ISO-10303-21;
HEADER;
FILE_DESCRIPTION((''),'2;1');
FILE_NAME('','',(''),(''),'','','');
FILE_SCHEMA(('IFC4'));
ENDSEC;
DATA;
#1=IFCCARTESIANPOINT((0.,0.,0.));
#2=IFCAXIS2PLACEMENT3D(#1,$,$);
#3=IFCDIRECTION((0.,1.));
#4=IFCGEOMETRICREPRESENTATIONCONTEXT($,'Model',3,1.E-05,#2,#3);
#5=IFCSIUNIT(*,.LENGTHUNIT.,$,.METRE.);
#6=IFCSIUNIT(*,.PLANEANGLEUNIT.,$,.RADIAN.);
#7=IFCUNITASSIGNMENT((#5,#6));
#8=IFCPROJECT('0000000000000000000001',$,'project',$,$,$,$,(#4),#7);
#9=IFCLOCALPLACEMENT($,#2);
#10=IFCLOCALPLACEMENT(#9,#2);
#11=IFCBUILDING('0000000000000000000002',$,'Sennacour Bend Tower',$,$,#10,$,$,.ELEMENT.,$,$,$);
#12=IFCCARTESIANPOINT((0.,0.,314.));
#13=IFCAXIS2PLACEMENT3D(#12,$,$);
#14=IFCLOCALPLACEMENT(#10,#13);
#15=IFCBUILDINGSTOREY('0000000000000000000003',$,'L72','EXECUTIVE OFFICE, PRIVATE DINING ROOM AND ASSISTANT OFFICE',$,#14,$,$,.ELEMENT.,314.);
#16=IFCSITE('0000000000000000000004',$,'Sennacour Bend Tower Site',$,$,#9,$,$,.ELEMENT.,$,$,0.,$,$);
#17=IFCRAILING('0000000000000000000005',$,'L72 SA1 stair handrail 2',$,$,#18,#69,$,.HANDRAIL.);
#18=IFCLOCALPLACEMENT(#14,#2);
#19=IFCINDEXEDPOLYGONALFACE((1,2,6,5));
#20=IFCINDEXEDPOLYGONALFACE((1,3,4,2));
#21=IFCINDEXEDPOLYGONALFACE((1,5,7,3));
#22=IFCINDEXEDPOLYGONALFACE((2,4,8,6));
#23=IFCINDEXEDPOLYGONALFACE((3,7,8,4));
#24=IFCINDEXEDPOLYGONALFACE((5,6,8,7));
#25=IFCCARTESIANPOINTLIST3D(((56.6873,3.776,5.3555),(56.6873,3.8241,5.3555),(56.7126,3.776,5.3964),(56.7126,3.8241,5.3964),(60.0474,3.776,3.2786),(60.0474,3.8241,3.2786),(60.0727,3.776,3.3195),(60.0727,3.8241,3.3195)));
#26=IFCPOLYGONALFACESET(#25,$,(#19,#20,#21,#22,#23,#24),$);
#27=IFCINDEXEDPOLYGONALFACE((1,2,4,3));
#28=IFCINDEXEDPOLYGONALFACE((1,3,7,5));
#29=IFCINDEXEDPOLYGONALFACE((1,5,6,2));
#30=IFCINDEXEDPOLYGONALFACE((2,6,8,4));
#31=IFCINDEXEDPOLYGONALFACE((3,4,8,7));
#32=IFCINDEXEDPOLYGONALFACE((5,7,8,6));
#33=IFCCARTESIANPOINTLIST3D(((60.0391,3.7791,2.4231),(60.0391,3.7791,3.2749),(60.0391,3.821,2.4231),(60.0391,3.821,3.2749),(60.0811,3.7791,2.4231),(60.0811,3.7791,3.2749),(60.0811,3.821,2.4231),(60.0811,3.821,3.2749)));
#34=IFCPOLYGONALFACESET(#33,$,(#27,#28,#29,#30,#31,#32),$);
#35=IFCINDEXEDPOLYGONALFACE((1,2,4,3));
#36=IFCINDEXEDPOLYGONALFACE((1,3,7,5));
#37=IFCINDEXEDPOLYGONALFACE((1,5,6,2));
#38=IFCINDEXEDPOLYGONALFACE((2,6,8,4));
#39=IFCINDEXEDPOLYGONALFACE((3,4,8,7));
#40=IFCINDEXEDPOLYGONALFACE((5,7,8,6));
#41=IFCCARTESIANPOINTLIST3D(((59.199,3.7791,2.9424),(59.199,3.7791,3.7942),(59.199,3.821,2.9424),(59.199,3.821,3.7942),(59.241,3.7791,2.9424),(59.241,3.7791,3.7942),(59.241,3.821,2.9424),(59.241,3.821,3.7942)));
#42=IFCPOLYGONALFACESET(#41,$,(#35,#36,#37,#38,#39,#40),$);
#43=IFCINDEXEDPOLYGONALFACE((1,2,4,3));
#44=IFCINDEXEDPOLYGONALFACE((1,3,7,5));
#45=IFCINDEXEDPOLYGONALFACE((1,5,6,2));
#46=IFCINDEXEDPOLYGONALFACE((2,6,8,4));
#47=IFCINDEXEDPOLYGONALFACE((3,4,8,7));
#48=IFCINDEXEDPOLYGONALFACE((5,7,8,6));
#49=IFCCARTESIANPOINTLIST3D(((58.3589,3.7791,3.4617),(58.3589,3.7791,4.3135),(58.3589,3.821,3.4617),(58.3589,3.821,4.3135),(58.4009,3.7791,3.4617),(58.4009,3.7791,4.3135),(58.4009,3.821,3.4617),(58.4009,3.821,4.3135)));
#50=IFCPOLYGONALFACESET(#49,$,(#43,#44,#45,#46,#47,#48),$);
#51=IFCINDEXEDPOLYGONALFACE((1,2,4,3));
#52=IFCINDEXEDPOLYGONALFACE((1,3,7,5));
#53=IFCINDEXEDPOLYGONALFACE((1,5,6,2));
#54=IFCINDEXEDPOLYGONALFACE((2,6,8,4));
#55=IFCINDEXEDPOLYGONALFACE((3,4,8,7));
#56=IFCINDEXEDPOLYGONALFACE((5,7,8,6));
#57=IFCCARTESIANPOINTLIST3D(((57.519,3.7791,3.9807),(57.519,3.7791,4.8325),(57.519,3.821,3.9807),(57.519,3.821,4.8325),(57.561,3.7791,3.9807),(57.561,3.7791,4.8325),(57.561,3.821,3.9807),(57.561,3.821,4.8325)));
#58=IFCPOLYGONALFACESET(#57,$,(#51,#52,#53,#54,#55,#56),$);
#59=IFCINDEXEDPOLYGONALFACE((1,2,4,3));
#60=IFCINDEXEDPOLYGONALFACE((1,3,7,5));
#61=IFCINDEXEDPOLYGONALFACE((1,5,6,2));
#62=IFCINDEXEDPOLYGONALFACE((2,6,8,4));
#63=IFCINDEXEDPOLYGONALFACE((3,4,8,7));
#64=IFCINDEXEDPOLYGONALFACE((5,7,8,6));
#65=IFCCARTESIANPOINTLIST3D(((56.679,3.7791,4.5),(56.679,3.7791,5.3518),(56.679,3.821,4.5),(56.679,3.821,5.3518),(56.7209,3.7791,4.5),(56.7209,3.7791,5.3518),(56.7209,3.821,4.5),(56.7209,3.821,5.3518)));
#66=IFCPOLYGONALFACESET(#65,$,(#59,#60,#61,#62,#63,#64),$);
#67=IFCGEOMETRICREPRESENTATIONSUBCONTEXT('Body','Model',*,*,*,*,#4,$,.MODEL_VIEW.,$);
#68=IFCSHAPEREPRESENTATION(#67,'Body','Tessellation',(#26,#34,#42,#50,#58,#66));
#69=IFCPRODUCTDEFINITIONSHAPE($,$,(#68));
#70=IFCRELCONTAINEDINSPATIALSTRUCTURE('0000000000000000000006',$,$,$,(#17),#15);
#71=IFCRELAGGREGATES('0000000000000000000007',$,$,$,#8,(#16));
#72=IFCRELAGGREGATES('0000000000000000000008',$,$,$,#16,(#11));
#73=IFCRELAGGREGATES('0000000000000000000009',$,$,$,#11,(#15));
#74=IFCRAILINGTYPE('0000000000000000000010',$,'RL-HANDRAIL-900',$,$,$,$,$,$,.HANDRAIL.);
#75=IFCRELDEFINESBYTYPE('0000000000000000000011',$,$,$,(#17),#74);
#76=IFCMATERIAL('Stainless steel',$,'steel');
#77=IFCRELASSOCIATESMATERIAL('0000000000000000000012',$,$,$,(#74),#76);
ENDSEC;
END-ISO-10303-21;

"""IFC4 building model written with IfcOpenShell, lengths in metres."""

from ifc_helpers import new_model, si_unit, direction, frame, origin, origin_2d, place, context, subcontext, project, spatial, rectangle, extrude, material, type_object, element, save


model = new_model("IFC4")

# Units and contexts
model_context = context("Model", 3, precision=1e-05, world=origin(), true_north=direction((0.0, 1.0)))
body_context = subcontext(model_context, "Body", "Model", "MODEL_VIEW")
ifc_project = project(units=[si_unit("LENGTHUNIT", "METRE"), si_unit("PLANEANGLEUNIT", "RADIAN")], contexts=[model_context])

# Site, building, storey
site_placement = place(None, origin())
site = spatial("IfcSite", under=ifc_project, at=site_placement, Name="Sennacour Bend Tower Site", CompositionType="ELEMENT", RefElevation=0.0)
building_placement = place(site_placement, origin())
building = spatial("IfcBuilding", under=site, at=building_placement, Name="Sennacour Bend Tower", CompositionType="ELEMENT")
storey_placement = place(building_placement, frame((0.0, 0.0, 314.0)))
storey = spatial("IfcBuildingStorey", under=building, at=storey_placement, Name="L72", Description="EXECUTIVE OFFICE, PRIVATE DINING ROOM AND ASSISTANT OFFICE", CompositionType="ELEMENT", Elevation=314.0)

# Railing
ifc_material_1 = material(Name="Stainless steel", Category="steel")
railing_type_1 = type_object("IfcRailingType", Name="RL-HANDRAIL-900", PredefinedType="HANDRAIL", material=ifc_material_1)
railing_1_placement = place(storey_placement, frame((60.0601, 3.8, 2.4231)))
element("IfcRailing", 1, at=railing_1_placement, inside=storey, type_object=railing_type_1, Name="L72 SA1 stair handrail 2", PredefinedType="HANDRAIL", context=body_context, shape_type="SweptSolid", body=[
    extrude(rectangle(XDim=0.0481, YDim=0.0481, at=origin_2d()), frame((0.0, 0.0, 0.876), z_axis=(-0.850623, 0.0, 0.525776), x_axis=(0.0, -1.0, 0.0)), (0.0, 0.0, 1.0), 3.9502),
    extrude(rectangle(XDim=0.042, YDim=0.042, at=origin_2d()), origin(), (0.0, 0.0, 1.0), 0.8518),
    extrude(rectangle(XDim=0.042, YDim=0.042, at=origin_2d()), frame((-0.8401, 0.0, 0.5193)), (0.0, 0.0, 1.0), 0.8518),
    extrude(rectangle(XDim=0.042, YDim=0.042, at=origin_2d()), frame((-1.6802, 0.0, 1.0386)), (0.0, 0.0, 1.0), 0.8518),
    extrude(rectangle(XDim=0.042, YDim=0.042, at=origin_2d()), frame((-2.52, 0.0, 1.5576)), (0.0, 0.0, 1.0), 0.8518),
    extrude(rectangle(XDim=0.042, YDim=0.042, at=origin_2d()), frame((-3.3601, 0.0, 2.0769)), (0.0, 0.0, 1.0), 0.8518),
])

save(model, "model.ifc")
